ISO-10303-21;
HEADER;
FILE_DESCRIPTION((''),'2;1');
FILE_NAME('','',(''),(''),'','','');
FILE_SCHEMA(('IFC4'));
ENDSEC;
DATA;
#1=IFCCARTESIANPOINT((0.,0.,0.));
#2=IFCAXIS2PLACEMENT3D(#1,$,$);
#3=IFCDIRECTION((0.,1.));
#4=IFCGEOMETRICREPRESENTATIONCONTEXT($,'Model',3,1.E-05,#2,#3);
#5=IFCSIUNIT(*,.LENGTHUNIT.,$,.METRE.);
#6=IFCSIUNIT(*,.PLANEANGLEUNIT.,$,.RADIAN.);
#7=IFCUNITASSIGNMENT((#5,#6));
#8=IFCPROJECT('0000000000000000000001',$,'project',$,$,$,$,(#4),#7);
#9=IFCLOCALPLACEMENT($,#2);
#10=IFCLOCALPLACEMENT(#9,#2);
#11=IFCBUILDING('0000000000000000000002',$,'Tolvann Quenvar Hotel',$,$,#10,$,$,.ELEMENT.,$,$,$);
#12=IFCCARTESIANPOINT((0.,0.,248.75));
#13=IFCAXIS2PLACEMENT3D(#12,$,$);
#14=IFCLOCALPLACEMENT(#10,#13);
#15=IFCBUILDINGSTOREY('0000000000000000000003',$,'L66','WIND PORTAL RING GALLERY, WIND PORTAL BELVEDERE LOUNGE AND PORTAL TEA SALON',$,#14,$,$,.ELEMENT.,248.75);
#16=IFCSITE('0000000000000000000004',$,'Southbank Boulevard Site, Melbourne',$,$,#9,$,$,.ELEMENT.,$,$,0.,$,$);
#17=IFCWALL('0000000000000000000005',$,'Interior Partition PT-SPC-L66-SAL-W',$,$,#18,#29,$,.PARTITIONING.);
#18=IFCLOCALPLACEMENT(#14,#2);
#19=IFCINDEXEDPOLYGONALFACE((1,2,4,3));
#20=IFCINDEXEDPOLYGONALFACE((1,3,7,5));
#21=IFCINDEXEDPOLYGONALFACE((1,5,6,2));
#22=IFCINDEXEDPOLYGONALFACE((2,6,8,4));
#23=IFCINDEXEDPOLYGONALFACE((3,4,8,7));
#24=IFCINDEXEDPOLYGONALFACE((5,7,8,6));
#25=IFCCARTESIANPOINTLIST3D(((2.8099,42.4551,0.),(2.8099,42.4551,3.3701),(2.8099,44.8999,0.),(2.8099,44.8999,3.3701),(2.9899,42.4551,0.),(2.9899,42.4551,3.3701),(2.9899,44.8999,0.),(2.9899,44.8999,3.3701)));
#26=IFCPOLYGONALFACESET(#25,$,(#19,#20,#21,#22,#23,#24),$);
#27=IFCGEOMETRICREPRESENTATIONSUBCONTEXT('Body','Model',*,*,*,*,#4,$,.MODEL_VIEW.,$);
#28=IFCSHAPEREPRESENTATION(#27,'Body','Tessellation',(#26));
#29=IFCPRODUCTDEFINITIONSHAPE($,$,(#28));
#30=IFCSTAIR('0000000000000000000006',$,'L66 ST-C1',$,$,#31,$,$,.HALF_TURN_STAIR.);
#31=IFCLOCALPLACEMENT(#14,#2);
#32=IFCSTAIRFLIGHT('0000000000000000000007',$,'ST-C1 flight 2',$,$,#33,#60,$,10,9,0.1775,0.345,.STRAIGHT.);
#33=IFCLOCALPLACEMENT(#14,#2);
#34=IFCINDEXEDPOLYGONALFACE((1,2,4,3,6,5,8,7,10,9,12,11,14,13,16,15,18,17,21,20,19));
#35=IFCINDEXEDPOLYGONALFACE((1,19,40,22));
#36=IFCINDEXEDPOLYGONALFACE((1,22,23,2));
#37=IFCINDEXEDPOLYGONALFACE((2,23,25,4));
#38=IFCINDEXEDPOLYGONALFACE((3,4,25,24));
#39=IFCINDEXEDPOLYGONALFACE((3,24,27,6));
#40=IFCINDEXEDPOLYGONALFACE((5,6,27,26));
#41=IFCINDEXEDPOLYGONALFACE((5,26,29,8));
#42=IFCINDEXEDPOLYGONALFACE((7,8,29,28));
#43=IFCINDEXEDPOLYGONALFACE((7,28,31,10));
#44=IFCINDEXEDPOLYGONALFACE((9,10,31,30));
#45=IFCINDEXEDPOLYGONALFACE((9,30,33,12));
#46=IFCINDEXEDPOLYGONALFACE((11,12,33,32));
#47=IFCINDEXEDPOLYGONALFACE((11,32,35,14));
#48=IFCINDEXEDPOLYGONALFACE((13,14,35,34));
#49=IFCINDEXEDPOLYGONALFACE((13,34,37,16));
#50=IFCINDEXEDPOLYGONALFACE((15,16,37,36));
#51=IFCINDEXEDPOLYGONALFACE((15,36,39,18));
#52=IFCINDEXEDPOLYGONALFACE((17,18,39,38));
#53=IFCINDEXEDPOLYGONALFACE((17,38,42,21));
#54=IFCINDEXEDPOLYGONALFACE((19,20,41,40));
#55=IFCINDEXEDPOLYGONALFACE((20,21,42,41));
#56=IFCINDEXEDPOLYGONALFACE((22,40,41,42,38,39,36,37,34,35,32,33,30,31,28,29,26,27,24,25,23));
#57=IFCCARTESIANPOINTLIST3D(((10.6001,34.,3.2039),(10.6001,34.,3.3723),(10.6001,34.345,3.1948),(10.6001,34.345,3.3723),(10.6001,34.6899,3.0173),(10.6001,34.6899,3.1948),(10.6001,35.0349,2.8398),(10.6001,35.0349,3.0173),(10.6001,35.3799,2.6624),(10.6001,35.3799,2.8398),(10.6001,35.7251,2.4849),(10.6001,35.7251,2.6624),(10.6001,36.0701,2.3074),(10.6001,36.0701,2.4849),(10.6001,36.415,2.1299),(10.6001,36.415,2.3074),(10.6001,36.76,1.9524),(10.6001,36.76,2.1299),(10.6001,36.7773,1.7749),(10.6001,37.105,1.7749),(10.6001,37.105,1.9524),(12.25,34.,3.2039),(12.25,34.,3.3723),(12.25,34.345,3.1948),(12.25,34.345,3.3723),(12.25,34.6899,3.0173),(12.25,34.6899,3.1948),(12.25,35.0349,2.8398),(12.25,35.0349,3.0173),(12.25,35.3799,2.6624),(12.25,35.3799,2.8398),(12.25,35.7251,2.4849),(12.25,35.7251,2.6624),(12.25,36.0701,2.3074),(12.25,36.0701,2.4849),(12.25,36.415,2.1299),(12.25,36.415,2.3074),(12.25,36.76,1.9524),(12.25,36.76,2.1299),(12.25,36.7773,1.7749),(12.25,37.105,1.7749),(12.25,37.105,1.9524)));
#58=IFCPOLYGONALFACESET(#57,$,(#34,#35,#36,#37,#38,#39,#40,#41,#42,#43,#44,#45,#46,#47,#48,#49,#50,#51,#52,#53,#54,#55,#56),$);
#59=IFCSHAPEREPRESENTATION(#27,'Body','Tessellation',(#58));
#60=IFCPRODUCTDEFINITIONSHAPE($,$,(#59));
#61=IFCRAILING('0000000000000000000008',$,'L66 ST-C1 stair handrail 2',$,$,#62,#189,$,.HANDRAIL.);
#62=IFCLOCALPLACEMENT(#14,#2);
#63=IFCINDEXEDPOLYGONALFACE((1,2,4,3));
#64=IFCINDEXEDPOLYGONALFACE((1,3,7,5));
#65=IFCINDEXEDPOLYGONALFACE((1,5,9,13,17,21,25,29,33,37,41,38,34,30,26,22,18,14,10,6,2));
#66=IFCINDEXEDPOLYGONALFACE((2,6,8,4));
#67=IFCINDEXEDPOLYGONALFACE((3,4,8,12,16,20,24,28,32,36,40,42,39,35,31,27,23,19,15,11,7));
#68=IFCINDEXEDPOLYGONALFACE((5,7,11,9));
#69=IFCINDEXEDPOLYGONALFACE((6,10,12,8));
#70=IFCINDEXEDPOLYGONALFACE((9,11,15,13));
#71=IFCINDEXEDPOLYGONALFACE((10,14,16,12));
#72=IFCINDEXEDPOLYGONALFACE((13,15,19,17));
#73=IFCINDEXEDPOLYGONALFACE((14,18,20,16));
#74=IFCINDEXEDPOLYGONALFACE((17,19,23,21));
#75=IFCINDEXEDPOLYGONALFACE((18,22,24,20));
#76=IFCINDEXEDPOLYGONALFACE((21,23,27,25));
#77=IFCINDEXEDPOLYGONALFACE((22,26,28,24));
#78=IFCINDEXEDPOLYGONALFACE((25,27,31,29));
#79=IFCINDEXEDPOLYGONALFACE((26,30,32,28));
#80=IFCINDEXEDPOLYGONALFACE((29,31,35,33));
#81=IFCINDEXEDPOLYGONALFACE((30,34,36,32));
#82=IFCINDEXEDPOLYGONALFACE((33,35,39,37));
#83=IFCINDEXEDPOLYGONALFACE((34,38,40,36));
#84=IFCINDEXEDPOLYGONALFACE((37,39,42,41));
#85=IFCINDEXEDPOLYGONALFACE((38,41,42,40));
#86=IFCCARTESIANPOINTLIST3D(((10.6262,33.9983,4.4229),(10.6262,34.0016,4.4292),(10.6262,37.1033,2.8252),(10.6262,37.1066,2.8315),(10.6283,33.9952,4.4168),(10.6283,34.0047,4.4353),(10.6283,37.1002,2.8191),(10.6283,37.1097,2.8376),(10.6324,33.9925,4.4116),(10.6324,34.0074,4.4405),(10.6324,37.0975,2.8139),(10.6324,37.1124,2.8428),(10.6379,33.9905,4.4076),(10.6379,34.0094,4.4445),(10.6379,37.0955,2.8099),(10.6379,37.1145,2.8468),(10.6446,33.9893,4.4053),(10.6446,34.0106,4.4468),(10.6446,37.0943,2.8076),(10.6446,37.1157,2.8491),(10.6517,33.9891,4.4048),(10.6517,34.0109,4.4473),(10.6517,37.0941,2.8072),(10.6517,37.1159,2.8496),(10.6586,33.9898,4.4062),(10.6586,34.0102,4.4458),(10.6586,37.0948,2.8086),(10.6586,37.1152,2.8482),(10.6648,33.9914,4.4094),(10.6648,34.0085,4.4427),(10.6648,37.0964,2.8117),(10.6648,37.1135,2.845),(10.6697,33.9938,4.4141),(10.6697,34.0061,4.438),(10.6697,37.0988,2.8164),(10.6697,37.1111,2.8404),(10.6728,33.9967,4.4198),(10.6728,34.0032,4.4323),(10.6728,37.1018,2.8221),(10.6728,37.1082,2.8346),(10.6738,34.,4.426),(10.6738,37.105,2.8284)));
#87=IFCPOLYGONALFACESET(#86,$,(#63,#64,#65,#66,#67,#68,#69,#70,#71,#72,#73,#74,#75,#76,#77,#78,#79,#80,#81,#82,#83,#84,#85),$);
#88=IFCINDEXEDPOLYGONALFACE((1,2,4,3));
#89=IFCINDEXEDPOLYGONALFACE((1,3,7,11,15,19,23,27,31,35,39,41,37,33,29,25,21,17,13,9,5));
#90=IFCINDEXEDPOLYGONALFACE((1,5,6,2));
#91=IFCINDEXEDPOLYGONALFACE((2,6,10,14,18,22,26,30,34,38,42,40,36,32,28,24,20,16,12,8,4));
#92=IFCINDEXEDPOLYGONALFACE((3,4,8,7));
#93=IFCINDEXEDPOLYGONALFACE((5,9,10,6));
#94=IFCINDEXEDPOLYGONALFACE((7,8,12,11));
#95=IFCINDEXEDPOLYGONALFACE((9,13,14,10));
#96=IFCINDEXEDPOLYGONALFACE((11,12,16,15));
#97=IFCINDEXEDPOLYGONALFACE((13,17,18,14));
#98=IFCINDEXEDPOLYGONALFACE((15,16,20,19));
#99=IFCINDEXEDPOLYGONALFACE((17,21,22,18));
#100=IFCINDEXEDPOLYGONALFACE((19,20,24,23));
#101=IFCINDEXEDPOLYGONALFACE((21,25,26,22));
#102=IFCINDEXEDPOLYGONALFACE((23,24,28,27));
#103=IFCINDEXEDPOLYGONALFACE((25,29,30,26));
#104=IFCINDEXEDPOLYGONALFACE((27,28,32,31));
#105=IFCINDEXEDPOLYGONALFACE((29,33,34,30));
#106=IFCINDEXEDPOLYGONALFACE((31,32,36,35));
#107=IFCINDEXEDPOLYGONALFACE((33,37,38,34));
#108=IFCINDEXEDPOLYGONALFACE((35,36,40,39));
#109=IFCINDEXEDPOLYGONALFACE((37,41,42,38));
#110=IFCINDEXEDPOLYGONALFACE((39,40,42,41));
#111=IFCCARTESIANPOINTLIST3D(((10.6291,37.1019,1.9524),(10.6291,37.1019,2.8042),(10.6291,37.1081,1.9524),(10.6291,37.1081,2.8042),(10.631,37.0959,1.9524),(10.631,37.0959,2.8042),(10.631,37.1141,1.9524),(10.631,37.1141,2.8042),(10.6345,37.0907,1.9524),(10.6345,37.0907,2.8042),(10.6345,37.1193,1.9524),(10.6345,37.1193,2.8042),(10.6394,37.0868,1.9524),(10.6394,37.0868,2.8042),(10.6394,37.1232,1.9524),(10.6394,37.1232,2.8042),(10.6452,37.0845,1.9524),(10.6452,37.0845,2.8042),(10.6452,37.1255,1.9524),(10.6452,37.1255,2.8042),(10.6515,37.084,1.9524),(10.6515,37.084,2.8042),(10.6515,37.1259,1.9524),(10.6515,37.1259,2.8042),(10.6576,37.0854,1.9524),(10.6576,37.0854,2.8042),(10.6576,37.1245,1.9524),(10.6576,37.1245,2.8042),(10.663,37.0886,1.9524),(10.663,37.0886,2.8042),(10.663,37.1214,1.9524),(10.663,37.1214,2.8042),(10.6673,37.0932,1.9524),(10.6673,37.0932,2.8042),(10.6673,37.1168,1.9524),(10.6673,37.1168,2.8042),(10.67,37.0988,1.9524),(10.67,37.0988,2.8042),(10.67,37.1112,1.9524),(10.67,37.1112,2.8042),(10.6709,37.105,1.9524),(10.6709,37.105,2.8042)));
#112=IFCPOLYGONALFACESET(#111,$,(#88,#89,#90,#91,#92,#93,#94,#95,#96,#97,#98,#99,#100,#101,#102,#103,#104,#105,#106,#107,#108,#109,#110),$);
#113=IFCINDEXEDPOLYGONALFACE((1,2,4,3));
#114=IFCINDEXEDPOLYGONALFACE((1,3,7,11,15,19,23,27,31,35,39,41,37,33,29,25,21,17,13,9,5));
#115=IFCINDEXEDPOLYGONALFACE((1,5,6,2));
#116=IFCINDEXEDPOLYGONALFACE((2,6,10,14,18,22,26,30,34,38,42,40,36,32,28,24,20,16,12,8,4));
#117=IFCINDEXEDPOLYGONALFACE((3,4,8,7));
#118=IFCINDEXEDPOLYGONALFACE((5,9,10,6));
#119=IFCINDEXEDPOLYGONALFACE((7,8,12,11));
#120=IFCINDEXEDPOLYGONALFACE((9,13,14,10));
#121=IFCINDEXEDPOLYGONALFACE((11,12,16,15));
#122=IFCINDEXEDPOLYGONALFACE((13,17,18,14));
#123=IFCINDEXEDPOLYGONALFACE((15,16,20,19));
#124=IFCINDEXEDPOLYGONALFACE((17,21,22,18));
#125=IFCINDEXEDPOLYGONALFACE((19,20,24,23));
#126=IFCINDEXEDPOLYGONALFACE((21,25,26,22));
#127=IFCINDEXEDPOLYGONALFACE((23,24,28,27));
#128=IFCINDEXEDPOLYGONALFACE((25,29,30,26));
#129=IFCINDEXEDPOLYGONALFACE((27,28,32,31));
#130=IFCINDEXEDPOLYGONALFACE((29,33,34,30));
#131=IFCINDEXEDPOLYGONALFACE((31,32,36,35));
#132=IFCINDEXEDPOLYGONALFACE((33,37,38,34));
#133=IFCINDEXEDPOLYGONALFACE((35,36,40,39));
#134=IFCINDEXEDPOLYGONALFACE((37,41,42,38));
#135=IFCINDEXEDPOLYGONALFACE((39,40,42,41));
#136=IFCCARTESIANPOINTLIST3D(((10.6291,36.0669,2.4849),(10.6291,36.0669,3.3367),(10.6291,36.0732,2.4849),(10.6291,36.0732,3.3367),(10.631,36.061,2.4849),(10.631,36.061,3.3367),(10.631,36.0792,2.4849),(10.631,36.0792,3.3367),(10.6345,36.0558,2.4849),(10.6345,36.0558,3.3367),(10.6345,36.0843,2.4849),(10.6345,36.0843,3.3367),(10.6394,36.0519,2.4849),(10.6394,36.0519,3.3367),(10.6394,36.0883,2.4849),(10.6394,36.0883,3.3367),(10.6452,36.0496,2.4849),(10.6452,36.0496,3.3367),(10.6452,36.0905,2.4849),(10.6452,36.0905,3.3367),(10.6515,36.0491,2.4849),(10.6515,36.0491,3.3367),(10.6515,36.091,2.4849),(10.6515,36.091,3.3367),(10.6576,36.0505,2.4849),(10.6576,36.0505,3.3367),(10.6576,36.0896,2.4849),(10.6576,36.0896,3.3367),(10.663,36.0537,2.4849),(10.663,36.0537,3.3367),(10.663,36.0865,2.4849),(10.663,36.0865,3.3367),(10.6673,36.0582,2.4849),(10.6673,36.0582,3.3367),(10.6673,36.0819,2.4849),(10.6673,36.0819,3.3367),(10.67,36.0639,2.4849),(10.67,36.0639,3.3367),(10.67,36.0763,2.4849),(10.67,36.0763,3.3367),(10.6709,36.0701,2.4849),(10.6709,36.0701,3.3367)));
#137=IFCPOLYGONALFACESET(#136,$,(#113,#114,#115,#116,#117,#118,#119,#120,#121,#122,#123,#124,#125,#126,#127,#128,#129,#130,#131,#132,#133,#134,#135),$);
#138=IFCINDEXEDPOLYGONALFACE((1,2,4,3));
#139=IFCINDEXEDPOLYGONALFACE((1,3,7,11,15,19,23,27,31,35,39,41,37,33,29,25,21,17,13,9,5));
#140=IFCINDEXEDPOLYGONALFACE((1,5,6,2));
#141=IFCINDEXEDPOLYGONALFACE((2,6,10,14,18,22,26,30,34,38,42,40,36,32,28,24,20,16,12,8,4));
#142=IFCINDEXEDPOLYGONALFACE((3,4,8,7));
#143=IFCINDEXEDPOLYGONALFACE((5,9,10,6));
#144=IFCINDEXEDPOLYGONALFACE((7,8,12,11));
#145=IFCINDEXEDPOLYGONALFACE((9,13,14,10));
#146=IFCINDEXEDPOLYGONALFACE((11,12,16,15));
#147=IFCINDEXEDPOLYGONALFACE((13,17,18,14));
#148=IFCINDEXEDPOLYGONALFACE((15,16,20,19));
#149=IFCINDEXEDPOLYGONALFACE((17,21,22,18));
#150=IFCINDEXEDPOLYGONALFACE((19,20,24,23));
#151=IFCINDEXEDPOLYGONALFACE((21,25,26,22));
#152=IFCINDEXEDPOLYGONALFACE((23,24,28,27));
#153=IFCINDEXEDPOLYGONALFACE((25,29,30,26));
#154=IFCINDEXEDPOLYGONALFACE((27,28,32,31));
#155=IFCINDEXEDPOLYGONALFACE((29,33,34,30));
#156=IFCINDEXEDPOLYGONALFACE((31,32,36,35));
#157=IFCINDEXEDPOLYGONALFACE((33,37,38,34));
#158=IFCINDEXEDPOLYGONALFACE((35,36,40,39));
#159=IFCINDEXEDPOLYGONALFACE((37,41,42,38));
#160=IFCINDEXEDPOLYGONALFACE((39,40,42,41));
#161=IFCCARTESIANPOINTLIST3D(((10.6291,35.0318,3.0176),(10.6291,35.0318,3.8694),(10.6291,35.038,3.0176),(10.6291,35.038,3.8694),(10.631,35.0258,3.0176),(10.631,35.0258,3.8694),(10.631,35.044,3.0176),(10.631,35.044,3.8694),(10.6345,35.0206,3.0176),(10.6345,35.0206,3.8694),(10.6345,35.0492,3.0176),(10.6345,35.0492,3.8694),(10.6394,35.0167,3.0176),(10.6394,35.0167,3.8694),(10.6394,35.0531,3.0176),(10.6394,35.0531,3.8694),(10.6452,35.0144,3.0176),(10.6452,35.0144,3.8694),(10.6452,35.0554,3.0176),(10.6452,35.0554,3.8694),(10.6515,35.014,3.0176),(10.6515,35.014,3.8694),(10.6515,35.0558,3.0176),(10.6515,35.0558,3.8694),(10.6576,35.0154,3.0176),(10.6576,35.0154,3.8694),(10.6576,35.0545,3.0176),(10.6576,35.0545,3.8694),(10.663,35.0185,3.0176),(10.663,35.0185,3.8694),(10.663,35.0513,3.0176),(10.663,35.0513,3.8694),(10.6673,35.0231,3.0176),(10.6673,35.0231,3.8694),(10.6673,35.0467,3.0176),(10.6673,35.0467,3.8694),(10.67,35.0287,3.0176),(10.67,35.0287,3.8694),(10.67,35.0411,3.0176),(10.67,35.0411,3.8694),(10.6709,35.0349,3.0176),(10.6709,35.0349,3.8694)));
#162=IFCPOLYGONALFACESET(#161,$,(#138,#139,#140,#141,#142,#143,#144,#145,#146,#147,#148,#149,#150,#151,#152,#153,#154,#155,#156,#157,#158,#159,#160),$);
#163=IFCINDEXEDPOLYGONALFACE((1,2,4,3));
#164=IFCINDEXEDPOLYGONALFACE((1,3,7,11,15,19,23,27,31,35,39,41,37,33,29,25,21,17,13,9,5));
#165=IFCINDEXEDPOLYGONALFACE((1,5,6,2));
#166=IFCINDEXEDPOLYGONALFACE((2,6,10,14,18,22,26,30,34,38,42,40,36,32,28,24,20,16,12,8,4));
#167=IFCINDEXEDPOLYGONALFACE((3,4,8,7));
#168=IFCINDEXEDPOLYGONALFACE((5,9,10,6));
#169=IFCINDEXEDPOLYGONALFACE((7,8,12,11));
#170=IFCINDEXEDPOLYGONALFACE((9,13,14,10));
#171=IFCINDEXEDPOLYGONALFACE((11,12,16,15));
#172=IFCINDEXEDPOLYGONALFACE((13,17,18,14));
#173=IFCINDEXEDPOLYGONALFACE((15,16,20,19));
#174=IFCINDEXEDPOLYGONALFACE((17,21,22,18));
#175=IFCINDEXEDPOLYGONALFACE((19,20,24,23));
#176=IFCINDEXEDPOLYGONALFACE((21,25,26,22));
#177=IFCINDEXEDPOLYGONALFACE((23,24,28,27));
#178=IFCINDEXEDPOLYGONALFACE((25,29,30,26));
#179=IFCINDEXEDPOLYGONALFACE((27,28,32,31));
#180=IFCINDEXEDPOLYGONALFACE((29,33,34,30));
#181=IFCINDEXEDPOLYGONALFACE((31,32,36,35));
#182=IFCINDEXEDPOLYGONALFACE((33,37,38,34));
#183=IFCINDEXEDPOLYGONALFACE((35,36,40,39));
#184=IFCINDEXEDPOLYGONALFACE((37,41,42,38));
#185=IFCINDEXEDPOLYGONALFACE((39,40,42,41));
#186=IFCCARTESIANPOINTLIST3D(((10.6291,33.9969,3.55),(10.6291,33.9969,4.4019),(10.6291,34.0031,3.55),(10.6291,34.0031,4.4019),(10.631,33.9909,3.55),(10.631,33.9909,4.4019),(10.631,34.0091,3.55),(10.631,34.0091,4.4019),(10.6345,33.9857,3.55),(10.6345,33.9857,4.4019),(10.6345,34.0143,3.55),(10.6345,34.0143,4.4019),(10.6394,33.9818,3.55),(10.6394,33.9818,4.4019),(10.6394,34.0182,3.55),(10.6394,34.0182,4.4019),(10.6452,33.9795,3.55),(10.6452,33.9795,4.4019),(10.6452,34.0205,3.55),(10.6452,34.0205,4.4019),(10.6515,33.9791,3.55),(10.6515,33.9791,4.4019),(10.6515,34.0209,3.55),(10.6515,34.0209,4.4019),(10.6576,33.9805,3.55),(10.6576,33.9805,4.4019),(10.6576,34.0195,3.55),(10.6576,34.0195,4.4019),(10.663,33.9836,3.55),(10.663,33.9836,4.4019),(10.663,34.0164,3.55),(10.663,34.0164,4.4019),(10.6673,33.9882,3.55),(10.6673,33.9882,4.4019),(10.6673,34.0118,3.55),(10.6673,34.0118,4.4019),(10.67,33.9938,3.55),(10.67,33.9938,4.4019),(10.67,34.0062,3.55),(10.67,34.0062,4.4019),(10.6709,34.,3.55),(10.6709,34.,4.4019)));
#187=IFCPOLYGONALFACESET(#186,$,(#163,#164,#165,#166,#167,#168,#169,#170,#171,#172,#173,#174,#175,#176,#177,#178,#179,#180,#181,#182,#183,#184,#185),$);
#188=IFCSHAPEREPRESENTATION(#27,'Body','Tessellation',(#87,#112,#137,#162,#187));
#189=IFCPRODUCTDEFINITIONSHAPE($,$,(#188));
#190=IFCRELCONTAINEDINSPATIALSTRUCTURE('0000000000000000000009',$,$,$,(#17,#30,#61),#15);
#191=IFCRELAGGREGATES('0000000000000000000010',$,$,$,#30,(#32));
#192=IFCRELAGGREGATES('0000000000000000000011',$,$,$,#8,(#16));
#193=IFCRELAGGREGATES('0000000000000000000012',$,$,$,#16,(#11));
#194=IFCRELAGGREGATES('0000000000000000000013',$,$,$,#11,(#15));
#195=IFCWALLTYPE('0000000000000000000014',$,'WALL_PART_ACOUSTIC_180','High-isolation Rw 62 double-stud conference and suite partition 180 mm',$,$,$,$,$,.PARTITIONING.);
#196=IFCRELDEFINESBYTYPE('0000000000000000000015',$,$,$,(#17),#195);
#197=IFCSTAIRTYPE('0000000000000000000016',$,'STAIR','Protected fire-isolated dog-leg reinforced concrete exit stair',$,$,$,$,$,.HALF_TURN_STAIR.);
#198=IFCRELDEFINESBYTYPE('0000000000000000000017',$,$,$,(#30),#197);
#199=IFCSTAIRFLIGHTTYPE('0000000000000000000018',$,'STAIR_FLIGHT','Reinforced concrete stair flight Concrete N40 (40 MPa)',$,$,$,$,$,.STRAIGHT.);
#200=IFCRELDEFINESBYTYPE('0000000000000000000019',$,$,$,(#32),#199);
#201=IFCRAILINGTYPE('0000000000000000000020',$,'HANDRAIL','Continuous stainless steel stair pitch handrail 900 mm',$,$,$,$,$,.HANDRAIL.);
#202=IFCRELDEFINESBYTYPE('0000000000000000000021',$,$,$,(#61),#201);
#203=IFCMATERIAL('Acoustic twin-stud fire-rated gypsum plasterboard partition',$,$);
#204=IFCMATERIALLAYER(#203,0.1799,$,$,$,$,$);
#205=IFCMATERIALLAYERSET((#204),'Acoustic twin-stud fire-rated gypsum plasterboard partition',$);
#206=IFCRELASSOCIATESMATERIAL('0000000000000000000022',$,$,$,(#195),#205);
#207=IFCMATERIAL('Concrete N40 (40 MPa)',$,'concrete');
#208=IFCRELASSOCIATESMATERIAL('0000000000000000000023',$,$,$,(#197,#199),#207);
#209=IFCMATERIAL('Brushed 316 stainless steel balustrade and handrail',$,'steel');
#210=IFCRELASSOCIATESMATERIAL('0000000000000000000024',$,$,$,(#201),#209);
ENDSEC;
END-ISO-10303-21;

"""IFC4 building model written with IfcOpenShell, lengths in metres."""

from ifc_helpers import new_model, si_unit, direction, frame, frame_2d, origin, origin_2d, place, context, subcontext, project, spatial, polyline, rectangle, circle, outline, extrude, material, layer, layer_set, type_object, element, aggregate, save


model = new_model("IFC4")

# Units and contexts
model_context = context("Model", 3, precision=1e-05, world=origin(), true_north=direction((0.0, 1.0)))
body_context = subcontext(model_context, "Body", "Model", "MODEL_VIEW")
ifc_project = project(units=[si_unit("LENGTHUNIT", "METRE"), si_unit("PLANEANGLEUNIT", "RADIAN")], contexts=[model_context])

# Site, building, storey
site_placement = place(None, origin())
site = spatial("IfcSite", under=ifc_project, at=site_placement, Name="Southbank Boulevard Site, Melbourne", CompositionType="ELEMENT", RefElevation=0.0)
building_placement = place(site_placement, origin())
building = spatial("IfcBuilding", under=site, at=building_placement, Name="Tolvann Quenvar Hotel", CompositionType="ELEMENT")
storey_placement = place(building_placement, frame((0.0, 0.0, 248.75)))
storey = spatial("IfcBuildingStorey", under=building, at=storey_placement, Name="L66", Description="WIND PORTAL RING GALLERY, WIND PORTAL BELVEDERE LOUNGE AND PORTAL TEA SALON", CompositionType="ELEMENT", Elevation=248.75)

# Wall
ifc_material_1 = material(Name="Acoustic twin-stud fire-rated gypsum plasterboard partition")
ifc_layer_1 = layer(ifc_material_1, 0.1799)
ifc_layer_set_1 = layer_set([ifc_layer_1], Name="Acoustic twin-stud fire-rated gypsum plasterboard partition")
wall_type_1 = type_object("IfcWallType", Name="WALL_PART_ACOUSTIC_180", Description="High-isolation Rw 62 double-stud conference and suite partition 180 mm", PredefinedType="PARTITIONING", material=ifc_layer_set_1)
wall_1_placement = place(storey_placement, frame((2.8999, 42.4551, 0.0), z_axis=(0.0, 0.0, 1.0), x_axis=(0.0, 1.0, 0.0)))
element("IfcWall", 1, at=wall_1_placement, inside=storey, type_object=wall_type_1, Name="Interior Partition PT-SPC-L66-SAL-W", PredefinedType="PARTITIONING", context=body_context, shape_type="SweptSolid", body=[
    extrude(rectangle(XDim=2.4448, YDim=0.1799, at=frame_2d((1.2224, 0.0))), origin(), (0.0, 0.0, 1.0), 3.3701),
])

# Stair, stair flight
ifc_material_2 = material(Name="Concrete N40 (40 MPa)", Category="concrete")
stair_type = type_object("IfcStairType", Name="STAIR", Description="Protected fire-isolated dog-leg reinforced concrete exit stair", PredefinedType="HALF_TURN_STAIR", material=ifc_material_2)
stair_placement = place(storey_placement, origin())
stair = element("IfcStair", 2, at=stair_placement, inside=storey, type_object=stair_type, Name="L66 ST-C1", PredefinedType="HALF_TURN_STAIR")
stair_flight_type = type_object("IfcStairFlightType", Name="STAIR_FLIGHT", Description="Reinforced concrete stair flight Concrete N40 (40 MPa)", PredefinedType="STRAIGHT", material=ifc_material_2)
stair_flight_placement = place(storey_placement, frame((11.425, 37.105, 1.7749), z_axis=(0.0, 0.0, 1.0), x_axis=(0.0, -1.0, 0.0)))
stair_flight = element("IfcStairFlight", 3, at=stair_flight_placement, type_object=stair_flight_type, Name="ST-C1 flight 2", NumberOfRisers=10, NumberOfTreads=9, PredefinedType="STRAIGHT", RiserHeight=0.1775, TreadLength=0.345, context=body_context, shape_type="SweptSolid", body=[
    extrude(outline(polyline([(0.0, 0.0), (0.0, 0.1775), (0.345, 0.1775), (0.345, 0.355), (0.6899, 0.355), (0.6899, 0.5325), (1.0349, 0.5325), (1.0349, 0.71), (1.3799, 0.71), (1.3799, 0.8875), (1.7251, 0.8875), (1.7251, 1.0649), (2.0701, 1.0649), (2.0701, 1.2424), (2.415, 1.2424), (2.415, 1.4199), (2.76, 1.4199), (2.76, 1.5974), (3.105, 1.5974), (3.105, 1.7749), (3.105, 1.429), (0.3276, 0.0), (0.0, 0.0)])), frame((0.0, 0.825, 0.0), z_axis=(0.0, -1.0, 0.0), x_axis=(1.0, 0.0, 0.0)), (0.0, 0.0, 1.0), 1.6499),
])
aggregate(stair, [stair_flight])

# Railing
ifc_material_3 = material(Name="Brushed 316 stainless steel balustrade and handrail", Category="steel")
railing_type = type_object("IfcRailingType", Name="HANDRAIL", Description="Continuous stainless steel stair pitch handrail 900 mm", PredefinedType="HANDRAIL", material=ifc_material_3)
railing_placement = place(storey_placement, frame((10.6499, 37.105, 1.9524)))
element("IfcRailing", 4, at=railing_placement, inside=storey, type_object=railing_type, Name="L66 ST-C1 stair handrail 2", PredefinedType="HANDRAIL", context=body_context, shape_type="SweptSolid", body=[
    extrude(circle(Radius=0.0239, at=origin_2d()), frame((0.0, 0.0, 0.876), z_axis=(0.0, -0.889194, 0.457531), x_axis=(1.0, 0.0, 0.0)), (0.0, 0.0, 1.0), 3.4919),
    extrude(circle(Radius=0.021, at=origin_2d()), origin(), (0.0, 0.0, 1.0), 0.8518),
    extrude(circle(Radius=0.021, at=origin_2d()), frame((0.0, -1.0349, 0.5325)), (0.0, 0.0, 1.0), 0.8518),
    extrude(circle(Radius=0.021, at=origin_2d()), frame((0.0, -2.0701, 1.0652)), (0.0, 0.0, 1.0), 0.8518),
    extrude(circle(Radius=0.021, at=origin_2d()), frame((0.0, -3.105, 1.5977)), (0.0, 0.0, 1.0), 0.8518),
])

save(model, "model.ifc")
